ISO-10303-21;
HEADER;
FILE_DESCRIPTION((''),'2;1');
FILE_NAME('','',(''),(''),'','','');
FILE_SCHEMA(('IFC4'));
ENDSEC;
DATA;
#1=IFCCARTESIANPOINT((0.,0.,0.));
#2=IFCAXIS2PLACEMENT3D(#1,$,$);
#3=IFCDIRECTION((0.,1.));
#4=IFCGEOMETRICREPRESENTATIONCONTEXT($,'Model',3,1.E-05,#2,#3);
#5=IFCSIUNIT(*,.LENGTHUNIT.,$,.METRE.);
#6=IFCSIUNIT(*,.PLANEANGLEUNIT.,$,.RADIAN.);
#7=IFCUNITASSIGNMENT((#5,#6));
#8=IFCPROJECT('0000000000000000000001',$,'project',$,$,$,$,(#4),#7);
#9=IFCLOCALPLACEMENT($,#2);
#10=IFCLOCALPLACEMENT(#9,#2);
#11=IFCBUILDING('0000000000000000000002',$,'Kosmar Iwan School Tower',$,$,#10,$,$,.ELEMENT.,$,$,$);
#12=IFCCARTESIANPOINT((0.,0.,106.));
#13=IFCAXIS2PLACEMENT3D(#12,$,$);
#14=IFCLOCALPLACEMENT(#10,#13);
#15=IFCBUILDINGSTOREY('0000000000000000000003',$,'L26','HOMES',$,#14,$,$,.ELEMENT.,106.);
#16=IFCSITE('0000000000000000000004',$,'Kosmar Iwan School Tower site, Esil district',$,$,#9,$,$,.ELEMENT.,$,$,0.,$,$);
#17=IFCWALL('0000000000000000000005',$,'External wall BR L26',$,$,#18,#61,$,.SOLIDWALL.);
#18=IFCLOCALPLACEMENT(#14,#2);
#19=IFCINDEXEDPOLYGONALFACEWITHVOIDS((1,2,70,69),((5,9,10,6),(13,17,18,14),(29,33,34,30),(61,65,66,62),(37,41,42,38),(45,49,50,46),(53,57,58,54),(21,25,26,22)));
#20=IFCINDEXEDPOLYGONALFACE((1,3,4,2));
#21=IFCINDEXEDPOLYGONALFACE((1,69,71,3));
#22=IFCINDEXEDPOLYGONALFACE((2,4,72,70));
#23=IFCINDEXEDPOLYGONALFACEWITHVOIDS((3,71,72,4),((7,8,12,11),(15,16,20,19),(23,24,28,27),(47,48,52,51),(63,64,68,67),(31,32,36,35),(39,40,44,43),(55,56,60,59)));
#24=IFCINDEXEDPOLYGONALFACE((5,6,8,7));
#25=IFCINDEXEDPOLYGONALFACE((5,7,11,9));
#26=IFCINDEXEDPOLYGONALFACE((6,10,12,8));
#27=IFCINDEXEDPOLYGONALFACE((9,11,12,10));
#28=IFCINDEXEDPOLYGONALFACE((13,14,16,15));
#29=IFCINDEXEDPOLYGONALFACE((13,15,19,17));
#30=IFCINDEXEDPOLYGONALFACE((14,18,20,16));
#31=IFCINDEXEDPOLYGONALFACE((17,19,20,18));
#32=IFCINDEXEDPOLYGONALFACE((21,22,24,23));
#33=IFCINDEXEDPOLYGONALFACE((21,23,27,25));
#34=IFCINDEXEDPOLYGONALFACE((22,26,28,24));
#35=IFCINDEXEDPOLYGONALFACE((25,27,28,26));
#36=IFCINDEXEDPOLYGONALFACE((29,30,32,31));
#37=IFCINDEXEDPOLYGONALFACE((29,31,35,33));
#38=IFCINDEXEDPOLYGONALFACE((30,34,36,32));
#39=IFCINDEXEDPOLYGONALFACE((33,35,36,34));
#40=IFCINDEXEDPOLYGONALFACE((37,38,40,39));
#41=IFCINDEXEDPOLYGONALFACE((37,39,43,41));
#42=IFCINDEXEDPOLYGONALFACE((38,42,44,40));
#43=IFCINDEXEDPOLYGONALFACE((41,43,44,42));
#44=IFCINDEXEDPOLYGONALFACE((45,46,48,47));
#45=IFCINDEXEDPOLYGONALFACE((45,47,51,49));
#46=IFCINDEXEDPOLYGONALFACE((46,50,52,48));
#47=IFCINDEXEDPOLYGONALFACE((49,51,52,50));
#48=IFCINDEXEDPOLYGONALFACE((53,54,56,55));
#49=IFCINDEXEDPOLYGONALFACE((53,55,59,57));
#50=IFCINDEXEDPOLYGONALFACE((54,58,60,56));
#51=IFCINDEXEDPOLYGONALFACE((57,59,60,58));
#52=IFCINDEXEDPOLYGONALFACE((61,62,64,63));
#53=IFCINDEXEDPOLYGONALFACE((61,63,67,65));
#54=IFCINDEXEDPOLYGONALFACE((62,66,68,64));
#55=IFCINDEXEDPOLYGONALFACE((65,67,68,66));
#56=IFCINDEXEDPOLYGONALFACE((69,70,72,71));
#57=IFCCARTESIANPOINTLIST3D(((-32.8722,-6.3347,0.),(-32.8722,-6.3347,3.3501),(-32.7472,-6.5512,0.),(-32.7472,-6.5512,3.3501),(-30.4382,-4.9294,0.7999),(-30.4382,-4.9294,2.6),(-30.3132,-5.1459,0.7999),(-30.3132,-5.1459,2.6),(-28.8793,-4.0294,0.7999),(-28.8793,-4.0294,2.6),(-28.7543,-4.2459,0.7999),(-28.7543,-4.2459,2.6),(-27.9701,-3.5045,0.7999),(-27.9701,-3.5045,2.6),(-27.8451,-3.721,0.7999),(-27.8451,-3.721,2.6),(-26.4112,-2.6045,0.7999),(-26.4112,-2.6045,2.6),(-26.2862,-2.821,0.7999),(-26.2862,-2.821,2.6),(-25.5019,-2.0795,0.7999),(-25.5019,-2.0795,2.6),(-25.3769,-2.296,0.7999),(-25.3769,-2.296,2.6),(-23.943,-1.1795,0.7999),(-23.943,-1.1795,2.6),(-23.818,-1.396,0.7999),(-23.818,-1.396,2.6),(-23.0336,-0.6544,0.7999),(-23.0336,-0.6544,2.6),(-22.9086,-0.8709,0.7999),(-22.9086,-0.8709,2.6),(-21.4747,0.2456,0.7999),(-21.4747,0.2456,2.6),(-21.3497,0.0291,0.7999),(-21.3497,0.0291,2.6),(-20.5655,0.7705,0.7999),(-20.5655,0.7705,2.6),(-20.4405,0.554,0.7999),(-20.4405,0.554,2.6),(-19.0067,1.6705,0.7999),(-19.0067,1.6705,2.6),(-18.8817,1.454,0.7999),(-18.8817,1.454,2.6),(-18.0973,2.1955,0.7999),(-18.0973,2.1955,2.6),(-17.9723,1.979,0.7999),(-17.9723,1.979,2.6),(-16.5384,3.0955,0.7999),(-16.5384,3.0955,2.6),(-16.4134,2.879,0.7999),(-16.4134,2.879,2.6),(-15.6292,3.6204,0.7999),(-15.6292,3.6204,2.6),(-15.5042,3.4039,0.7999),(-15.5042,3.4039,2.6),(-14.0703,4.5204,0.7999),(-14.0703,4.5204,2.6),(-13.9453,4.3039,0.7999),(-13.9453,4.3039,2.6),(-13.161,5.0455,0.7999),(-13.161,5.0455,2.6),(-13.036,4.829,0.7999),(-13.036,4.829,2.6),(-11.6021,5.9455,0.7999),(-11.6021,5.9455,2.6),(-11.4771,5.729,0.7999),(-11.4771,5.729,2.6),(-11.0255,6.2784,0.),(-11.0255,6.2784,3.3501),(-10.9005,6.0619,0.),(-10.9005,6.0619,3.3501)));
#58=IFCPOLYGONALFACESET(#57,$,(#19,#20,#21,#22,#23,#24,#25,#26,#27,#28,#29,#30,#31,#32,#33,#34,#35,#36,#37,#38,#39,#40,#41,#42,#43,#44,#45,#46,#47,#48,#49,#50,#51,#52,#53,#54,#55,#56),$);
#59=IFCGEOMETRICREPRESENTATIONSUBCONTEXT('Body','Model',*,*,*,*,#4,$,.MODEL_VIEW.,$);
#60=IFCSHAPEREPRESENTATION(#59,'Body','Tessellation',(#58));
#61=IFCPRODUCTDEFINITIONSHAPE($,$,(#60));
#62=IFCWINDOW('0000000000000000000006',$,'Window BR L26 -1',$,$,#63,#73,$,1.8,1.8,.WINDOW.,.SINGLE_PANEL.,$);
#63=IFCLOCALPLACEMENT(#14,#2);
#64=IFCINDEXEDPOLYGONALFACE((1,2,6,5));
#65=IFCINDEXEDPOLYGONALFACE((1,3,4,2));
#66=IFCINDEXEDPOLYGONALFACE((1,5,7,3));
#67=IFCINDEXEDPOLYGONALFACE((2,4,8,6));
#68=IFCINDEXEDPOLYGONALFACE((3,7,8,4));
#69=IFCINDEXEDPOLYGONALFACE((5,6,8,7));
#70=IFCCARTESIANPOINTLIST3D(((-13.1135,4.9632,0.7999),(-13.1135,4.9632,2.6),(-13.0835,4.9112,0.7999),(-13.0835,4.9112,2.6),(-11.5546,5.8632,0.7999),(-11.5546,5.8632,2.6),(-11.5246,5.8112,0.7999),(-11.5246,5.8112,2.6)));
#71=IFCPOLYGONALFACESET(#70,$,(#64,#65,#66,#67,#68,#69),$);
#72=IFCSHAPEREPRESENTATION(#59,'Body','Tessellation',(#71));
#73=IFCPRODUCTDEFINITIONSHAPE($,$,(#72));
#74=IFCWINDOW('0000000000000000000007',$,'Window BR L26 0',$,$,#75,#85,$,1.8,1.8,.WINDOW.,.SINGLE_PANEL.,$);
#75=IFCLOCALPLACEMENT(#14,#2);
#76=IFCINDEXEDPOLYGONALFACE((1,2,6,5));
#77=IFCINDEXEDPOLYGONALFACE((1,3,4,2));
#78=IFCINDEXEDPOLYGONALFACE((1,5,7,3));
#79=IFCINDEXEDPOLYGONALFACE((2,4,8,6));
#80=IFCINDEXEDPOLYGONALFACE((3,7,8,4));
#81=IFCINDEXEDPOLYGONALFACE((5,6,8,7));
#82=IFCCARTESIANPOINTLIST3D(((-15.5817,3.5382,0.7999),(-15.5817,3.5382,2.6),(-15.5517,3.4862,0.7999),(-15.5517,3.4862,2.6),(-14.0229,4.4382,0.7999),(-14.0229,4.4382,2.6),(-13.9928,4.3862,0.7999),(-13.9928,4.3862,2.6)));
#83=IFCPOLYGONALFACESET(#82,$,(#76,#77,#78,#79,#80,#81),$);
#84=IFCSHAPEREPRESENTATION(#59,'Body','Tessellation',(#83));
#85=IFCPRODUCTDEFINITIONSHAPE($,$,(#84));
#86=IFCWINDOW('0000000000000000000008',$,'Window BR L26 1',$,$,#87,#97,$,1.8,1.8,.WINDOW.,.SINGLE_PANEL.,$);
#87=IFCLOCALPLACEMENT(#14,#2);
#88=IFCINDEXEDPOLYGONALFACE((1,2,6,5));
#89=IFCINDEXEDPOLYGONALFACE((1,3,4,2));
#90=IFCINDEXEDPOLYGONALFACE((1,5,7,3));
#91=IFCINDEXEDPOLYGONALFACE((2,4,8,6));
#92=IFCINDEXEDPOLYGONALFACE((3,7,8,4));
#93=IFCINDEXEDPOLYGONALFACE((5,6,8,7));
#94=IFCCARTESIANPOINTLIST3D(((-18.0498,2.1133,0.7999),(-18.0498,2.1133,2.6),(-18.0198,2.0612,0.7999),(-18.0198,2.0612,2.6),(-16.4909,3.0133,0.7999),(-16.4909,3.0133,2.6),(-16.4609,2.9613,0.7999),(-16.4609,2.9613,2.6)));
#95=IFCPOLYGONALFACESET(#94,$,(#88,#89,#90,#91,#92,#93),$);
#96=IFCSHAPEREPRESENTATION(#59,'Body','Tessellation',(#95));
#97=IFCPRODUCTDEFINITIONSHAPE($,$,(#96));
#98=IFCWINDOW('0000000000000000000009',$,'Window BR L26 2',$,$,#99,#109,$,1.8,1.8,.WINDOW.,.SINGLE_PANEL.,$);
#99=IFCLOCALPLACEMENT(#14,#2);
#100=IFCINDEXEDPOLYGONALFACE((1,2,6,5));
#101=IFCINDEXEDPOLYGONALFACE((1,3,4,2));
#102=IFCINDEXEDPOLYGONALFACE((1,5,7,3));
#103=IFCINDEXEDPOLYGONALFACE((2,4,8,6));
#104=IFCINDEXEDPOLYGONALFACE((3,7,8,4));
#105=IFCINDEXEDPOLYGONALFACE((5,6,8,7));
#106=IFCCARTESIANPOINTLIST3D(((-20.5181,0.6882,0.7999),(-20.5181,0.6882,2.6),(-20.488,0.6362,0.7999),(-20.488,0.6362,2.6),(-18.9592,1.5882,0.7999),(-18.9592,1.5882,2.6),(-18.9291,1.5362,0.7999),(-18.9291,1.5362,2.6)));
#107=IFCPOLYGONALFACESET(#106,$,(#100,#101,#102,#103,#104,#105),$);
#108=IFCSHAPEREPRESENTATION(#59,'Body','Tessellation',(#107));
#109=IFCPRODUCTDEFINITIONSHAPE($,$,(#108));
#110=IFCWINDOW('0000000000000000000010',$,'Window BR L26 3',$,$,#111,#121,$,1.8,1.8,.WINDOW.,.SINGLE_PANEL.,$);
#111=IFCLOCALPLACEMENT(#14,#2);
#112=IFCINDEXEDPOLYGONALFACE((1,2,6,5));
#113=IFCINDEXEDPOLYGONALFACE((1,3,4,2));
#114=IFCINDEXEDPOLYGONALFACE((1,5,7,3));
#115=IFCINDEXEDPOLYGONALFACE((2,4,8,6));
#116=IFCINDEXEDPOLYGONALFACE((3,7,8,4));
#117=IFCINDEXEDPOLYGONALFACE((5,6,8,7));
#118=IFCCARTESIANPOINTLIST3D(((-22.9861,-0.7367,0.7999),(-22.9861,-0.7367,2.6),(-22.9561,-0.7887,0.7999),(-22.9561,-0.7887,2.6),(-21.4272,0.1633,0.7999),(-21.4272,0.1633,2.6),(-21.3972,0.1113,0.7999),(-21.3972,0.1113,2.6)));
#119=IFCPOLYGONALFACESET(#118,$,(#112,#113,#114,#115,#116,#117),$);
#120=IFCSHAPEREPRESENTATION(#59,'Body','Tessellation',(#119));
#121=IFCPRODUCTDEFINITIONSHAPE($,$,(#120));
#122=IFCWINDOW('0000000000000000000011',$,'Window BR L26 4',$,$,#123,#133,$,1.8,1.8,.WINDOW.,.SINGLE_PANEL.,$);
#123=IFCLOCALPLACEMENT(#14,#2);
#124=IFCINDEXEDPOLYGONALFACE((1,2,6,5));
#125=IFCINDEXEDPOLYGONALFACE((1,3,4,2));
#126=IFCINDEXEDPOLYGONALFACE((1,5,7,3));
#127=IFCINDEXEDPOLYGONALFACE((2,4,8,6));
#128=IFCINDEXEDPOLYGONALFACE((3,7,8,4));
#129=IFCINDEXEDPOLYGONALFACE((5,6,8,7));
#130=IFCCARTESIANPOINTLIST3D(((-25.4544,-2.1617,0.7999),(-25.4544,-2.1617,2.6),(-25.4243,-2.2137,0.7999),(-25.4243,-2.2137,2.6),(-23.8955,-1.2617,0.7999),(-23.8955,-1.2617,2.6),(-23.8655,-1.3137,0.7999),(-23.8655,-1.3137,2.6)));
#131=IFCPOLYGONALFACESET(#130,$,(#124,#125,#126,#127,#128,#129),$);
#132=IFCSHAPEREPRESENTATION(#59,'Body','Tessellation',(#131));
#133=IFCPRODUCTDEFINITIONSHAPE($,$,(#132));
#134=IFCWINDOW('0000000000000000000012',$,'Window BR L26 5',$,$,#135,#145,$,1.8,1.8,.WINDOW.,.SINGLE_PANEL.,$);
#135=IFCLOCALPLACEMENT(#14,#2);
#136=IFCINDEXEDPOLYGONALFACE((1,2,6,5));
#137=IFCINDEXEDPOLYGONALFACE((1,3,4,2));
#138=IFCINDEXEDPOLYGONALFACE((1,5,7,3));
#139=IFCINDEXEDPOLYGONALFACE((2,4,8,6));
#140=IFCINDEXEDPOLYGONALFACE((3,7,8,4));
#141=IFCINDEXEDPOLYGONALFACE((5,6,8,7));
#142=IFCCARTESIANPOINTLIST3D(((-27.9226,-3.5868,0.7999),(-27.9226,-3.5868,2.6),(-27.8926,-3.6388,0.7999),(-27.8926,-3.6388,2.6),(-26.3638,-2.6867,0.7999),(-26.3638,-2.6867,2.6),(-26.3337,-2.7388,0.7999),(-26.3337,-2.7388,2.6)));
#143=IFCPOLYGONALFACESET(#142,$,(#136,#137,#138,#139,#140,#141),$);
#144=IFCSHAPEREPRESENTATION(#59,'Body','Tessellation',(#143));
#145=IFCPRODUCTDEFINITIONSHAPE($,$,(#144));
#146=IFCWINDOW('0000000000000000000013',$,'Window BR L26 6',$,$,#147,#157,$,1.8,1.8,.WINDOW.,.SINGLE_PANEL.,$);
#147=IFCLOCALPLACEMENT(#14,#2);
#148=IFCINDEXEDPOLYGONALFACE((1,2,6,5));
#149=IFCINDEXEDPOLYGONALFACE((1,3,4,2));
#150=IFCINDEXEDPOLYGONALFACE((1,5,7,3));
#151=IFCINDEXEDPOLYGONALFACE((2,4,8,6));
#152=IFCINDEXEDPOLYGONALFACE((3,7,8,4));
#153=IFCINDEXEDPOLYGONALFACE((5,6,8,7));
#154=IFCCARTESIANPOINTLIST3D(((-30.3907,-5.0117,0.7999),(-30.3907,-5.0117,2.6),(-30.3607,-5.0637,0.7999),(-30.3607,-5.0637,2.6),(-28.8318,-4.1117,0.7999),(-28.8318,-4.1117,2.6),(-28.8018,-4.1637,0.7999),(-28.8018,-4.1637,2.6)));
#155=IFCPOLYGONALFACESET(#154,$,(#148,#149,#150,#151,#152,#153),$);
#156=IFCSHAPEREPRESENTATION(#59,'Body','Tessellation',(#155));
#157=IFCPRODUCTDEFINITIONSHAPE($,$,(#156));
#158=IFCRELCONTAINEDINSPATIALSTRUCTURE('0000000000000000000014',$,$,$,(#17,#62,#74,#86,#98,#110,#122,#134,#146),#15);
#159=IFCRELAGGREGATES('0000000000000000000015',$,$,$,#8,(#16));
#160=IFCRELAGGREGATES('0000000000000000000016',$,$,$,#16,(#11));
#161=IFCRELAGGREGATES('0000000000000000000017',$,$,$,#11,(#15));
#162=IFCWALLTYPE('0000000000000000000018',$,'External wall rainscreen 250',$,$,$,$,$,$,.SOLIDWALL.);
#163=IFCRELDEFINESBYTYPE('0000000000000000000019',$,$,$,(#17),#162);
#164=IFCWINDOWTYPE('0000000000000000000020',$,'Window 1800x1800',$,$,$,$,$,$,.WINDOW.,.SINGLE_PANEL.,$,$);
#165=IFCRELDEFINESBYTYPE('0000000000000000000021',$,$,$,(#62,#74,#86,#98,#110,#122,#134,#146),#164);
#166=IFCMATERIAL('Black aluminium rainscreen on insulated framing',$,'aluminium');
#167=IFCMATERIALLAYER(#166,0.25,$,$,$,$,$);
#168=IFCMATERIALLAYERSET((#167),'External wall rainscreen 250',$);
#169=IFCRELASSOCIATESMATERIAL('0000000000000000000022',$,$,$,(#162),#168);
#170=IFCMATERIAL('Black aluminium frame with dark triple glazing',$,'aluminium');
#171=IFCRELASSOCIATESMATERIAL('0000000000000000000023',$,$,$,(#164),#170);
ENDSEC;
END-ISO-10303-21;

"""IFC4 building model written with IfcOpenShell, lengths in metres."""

from ifc_helpers import new_model, si_unit, direction, frame, frame_2d, origin, place, context, subcontext, project, spatial, rectangle, extrude, material, layer, layer_set, type_object, element, fill, save


model = new_model("IFC4")

# Units and contexts
model_context = context("Model", 3, precision=1e-05, world=origin(), true_north=direction((0.0, 1.0)))
body_context = subcontext(model_context, "Body", "Model", "MODEL_VIEW")
ifc_project = project(units=[si_unit("LENGTHUNIT", "METRE"), si_unit("PLANEANGLEUNIT", "RADIAN")], contexts=[model_context])

# Site, building, storey
site_placement = place(None, origin())
site = spatial("IfcSite", under=ifc_project, at=site_placement, Name="Kosmar Iwan School Tower site, Esil district", CompositionType="ELEMENT", RefElevation=0.0)
building_placement = place(site_placement, origin())
building = spatial("IfcBuilding", under=site, at=building_placement, Name="Kosmar Iwan School Tower", CompositionType="ELEMENT")
storey_placement = place(building_placement, frame((0.0, 0.0, 106.0)))
storey = spatial("IfcBuildingStorey", under=building, at=storey_placement, Name="L26", Description="HOMES", CompositionType="ELEMENT", Elevation=106.0)

# Wall, openings, windows
ifc_material_1 = material(Name="Black aluminium rainscreen on insulated framing", Category="aluminium")
ifc_layer = layer(ifc_material_1, 0.25)
ifc_layer_set = layer_set([ifc_layer], Name="External wall rainscreen 250")
wall_type = type_object("IfcWallType", Name="External wall rainscreen 250", PredefinedType="SOLIDWALL", material=ifc_layer_set)
ifc_material_2 = material(Name="Black aluminium frame with dark triple glazing", Category="aluminium")
window_type = type_object("IfcWindowType", Name="Window 1800x1800", PartitioningType="SINGLE_PANEL", PredefinedType="WINDOW", material=ifc_material_2)
wall_1_placement = place(storey_placement, frame((-10.9629, 6.1702, 0.0), z_axis=(0.0, 0.0, 1.0), x_axis=(-0.866028, -0.499996, 0.0)))
wall_1 = element("IfcWall", 1, at=wall_1_placement, inside=storey, type_object=wall_type, Name="External wall BR L26", PredefinedType="SOLIDWALL", context=body_context, shape_type="SweptSolid", body=[
    extrude(rectangle(XDim=25.2263, YDim=0.25, at=frame_2d((12.6133, 0.0))), origin(), (0.0, 0.0, 1.0), 3.3501),
])
opening_1_placement = place(wall_1_placement, frame((0.666, 0.0, 0.8)))
opening_1 = element("IfcOpeningElement", 2, at=opening_1_placement, cuts=wall_1, PredefinedType="OPENING", context=body_context, shape_type="SweptSolid", body=[
    extrude(rectangle(XDim=1.8, YDim=1.8, at=frame_2d((0.8999, 0.8999))), frame((0.0, 0.137, 0.0), z_axis=(0.0, -1.0, 0.0), x_axis=(1.0, 0.0, 0.0)), (0.0, 0.0, 1.0), 0.2739),
])
opening_2_placement = place(wall_1_placement, frame((3.5161, 0.0, 0.8)))
opening_2 = element("IfcOpeningElement", 3, at=opening_2_placement, cuts=wall_1, PredefinedType="OPENING", context=body_context, shape_type="SweptSolid", body=[
    extrude(rectangle(XDim=1.8, YDim=1.8, at=frame_2d((0.8999, 0.8999))), frame((0.0, 0.137, 0.0), z_axis=(0.0, -1.0, 0.0), x_axis=(1.0, 0.0, 0.0)), (0.0, 0.0, 1.0), 0.2739),
])
opening_3_placement = place(wall_1_placement, frame((6.366, 0.0, 0.8)))
opening_3 = element("IfcOpeningElement", 4, at=opening_3_placement, cuts=wall_1, PredefinedType="OPENING", context=body_context, shape_type="SweptSolid", body=[
    extrude(rectangle(XDim=1.8, YDim=1.8, at=frame_2d((0.8999, 0.8999))), frame((0.0, 0.137, 0.0), z_axis=(0.0, -1.0, 0.0), x_axis=(1.0, 0.0, 0.0)), (0.0, 0.0, 1.0), 0.2739),
])
opening_4_placement = place(wall_1_placement, frame((9.2161, 0.0, 0.8)))
opening_4 = element("IfcOpeningElement", 5, at=opening_4_placement, cuts=wall_1, PredefinedType="OPENING", context=body_context, shape_type="SweptSolid", body=[
    extrude(rectangle(XDim=1.8, YDim=1.8, at=frame_2d((0.8999, 0.8999))), frame((0.0, 0.137, 0.0), z_axis=(0.0, -1.0, 0.0), x_axis=(1.0, 0.0, 0.0)), (0.0, 0.0, 1.0), 0.2739),
])
opening_5_placement = place(wall_1_placement, frame((12.0659, 0.0, 0.8)))
opening_5 = element("IfcOpeningElement", 6, at=opening_5_placement, cuts=wall_1, PredefinedType="OPENING", context=body_context, shape_type="SweptSolid", body=[
    extrude(rectangle(XDim=1.8, YDim=1.8, at=frame_2d((0.8999, 0.8999))), frame((0.0, 0.137, 0.0), z_axis=(0.0, -1.0, 0.0), x_axis=(1.0, 0.0, 0.0)), (0.0, 0.0, 1.0), 0.2739),
])
opening_6_placement = place(wall_1_placement, frame((14.916, 0.0, 0.8)))
opening_6 = element("IfcOpeningElement", 7, at=opening_6_placement, cuts=wall_1, PredefinedType="OPENING", context=body_context, shape_type="SweptSolid", body=[
    extrude(rectangle(XDim=1.8, YDim=1.8, at=frame_2d((0.8999, 0.8999))), frame((0.0, 0.137, 0.0), z_axis=(0.0, -1.0, 0.0), x_axis=(1.0, 0.0, 0.0)), (0.0, 0.0, 1.0), 0.2739),
])
opening_7_placement = place(wall_1_placement, frame((17.7661, 0.0, 0.8)))
opening_7 = element("IfcOpeningElement", 8, at=opening_7_placement, cuts=wall_1, PredefinedType="OPENING", context=body_context, shape_type="SweptSolid", body=[
    extrude(rectangle(XDim=1.8, YDim=1.8, at=frame_2d((0.8999, 0.8999))), frame((0.0, 0.137, 0.0), z_axis=(0.0, -1.0, 0.0), x_axis=(1.0, 0.0, 0.0)), (0.0, 0.0, 1.0), 0.2739),
])
opening_8_placement = place(wall_1_placement, frame((20.616, 0.0, 0.8)))
opening_8 = element("IfcOpeningElement", 9, at=opening_8_placement, cuts=wall_1, PredefinedType="OPENING", context=body_context, shape_type="SweptSolid", body=[
    extrude(rectangle(XDim=1.8, YDim=1.8, at=frame_2d((0.8999, 0.8999))), frame((0.0, 0.137, 0.0), z_axis=(0.0, -1.0, 0.0), x_axis=(1.0, 0.0, 0.0)), (0.0, 0.0, 1.0), 0.2739),
])
window_1_placement = place(opening_1_placement, origin())
window_1 = element("IfcWindow", 10, at=window_1_placement, inside=storey, type_object=window_type, Name="Window BR L26 -1", OverallHeight=1.8, OverallWidth=1.8, PartitioningType="SINGLE_PANEL", PredefinedType="WINDOW", context=body_context, shape_type="SweptSolid", body=[
    extrude(rectangle(XDim=1.8, YDim=1.8, at=frame_2d((0.8999, 0.8999))), frame((0.0, 0.03, 0.0), z_axis=(0.0, -1.0, 0.0), x_axis=(1.0, 0.0, 0.0)), (0.0, 0.0, 1.0), 0.0601),
])
fill(opening_1, window_1)
window_2_placement = place(opening_2_placement, origin())
window_2 = element("IfcWindow", 11, at=window_2_placement, inside=storey, type_object=window_type, Name="Window BR L26 0", OverallHeight=1.8, OverallWidth=1.8, PartitioningType="SINGLE_PANEL", PredefinedType="WINDOW", context=body_context, shape_type="SweptSolid", body=[
    extrude(rectangle(XDim=1.8, YDim=1.8, at=frame_2d((0.8999, 0.8999))), frame((0.0, 0.03, 0.0), z_axis=(0.0, -1.0, 0.0), x_axis=(1.0, 0.0, 0.0)), (0.0, 0.0, 1.0), 0.0601),
])
fill(opening_2, window_2)
window_3_placement = place(opening_3_placement, origin())
window_3 = element("IfcWindow", 12, at=window_3_placement, inside=storey, type_object=window_type, Name="Window BR L26 1", OverallHeight=1.8, OverallWidth=1.8, PartitioningType="SINGLE_PANEL", PredefinedType="WINDOW", context=body_context, shape_type="SweptSolid", body=[
    extrude(rectangle(XDim=1.8, YDim=1.8, at=frame_2d((0.8999, 0.8999))), frame((0.0, 0.03, 0.0), z_axis=(0.0, -1.0, 0.0), x_axis=(1.0, 0.0, 0.0)), (0.0, 0.0, 1.0), 0.0601),
])
fill(opening_3, window_3)
window_4_placement = place(opening_4_placement, origin())
window_4 = element("IfcWindow", 13, at=window_4_placement, inside=storey, type_object=window_type, Name="Window BR L26 2", OverallHeight=1.8, OverallWidth=1.8, PartitioningType="SINGLE_PANEL", PredefinedType="WINDOW", context=body_context, shape_type="SweptSolid", body=[
    extrude(rectangle(XDim=1.8, YDim=1.8, at=frame_2d((0.8999, 0.8999))), frame((0.0, 0.03, 0.0), z_axis=(0.0, -1.0, 0.0), x_axis=(1.0, 0.0, 0.0)), (0.0, 0.0, 1.0), 0.0601),
])
fill(opening_4, window_4)
window_5_placement = place(opening_5_placement, origin())
window_5 = element("IfcWindow", 14, at=window_5_placement, inside=storey, type_object=window_type, Name="Window BR L26 3", OverallHeight=1.8, OverallWidth=1.8, PartitioningType="SINGLE_PANEL", PredefinedType="WINDOW", context=body_context, shape_type="SweptSolid", body=[
    extrude(rectangle(XDim=1.8, YDim=1.8, at=frame_2d((0.8999, 0.8999))), frame((0.0, 0.03, 0.0), z_axis=(0.0, -1.0, 0.0), x_axis=(1.0, 0.0, 0.0)), (0.0, 0.0, 1.0), 0.0601),
])
fill(opening_5, window_5)
window_6_placement = place(opening_6_placement, origin())
window_6 = element("IfcWindow", 15, at=window_6_placement, inside=storey, type_object=window_type, Name="Window BR L26 4", OverallHeight=1.8, OverallWidth=1.8, PartitioningType="SINGLE_PANEL", PredefinedType="WINDOW", context=body_context, shape_type="SweptSolid", body=[
    extrude(rectangle(XDim=1.8, YDim=1.8, at=frame_2d((0.8999, 0.8999))), frame((0.0, 0.03, 0.0), z_axis=(0.0, -1.0, 0.0), x_axis=(1.0, 0.0, 0.0)), (0.0, 0.0, 1.0), 0.0601),
])
fill(opening_6, window_6)
window_7_placement = place(opening_7_placement, origin())
window_7 = element("IfcWindow", 16, at=window_7_placement, inside=storey, type_object=window_type, Name="Window BR L26 5", OverallHeight=1.8, OverallWidth=1.8, PartitioningType="SINGLE_PANEL", PredefinedType="WINDOW", context=body_context, shape_type="SweptSolid", body=[
    extrude(rectangle(XDim=1.8, YDim=1.8, at=frame_2d((0.8999, 0.8999))), frame((0.0, 0.03, 0.0), z_axis=(0.0, -1.0, 0.0), x_axis=(1.0, 0.0, 0.0)), (0.0, 0.0, 1.0), 0.0601),
])
fill(opening_7, window_7)
window_8_placement = place(opening_8_placement, origin())
window_8 = element("IfcWindow", 17, at=window_8_placement, inside=storey, type_object=window_type, Name="Window BR L26 6", OverallHeight=1.8, OverallWidth=1.8, PartitioningType="SINGLE_PANEL", PredefinedType="WINDOW", context=body_context, shape_type="SweptSolid", body=[
    extrude(rectangle(XDim=1.8, YDim=1.8, at=frame_2d((0.8999, 0.8999))), frame((0.0, 0.03, 0.0), z_axis=(0.0, -1.0, 0.0), x_axis=(1.0, 0.0, 0.0)), (0.0, 0.0, 1.0), 0.0601),
])
fill(opening_8, window_8)

save(model, "model.ifc")
